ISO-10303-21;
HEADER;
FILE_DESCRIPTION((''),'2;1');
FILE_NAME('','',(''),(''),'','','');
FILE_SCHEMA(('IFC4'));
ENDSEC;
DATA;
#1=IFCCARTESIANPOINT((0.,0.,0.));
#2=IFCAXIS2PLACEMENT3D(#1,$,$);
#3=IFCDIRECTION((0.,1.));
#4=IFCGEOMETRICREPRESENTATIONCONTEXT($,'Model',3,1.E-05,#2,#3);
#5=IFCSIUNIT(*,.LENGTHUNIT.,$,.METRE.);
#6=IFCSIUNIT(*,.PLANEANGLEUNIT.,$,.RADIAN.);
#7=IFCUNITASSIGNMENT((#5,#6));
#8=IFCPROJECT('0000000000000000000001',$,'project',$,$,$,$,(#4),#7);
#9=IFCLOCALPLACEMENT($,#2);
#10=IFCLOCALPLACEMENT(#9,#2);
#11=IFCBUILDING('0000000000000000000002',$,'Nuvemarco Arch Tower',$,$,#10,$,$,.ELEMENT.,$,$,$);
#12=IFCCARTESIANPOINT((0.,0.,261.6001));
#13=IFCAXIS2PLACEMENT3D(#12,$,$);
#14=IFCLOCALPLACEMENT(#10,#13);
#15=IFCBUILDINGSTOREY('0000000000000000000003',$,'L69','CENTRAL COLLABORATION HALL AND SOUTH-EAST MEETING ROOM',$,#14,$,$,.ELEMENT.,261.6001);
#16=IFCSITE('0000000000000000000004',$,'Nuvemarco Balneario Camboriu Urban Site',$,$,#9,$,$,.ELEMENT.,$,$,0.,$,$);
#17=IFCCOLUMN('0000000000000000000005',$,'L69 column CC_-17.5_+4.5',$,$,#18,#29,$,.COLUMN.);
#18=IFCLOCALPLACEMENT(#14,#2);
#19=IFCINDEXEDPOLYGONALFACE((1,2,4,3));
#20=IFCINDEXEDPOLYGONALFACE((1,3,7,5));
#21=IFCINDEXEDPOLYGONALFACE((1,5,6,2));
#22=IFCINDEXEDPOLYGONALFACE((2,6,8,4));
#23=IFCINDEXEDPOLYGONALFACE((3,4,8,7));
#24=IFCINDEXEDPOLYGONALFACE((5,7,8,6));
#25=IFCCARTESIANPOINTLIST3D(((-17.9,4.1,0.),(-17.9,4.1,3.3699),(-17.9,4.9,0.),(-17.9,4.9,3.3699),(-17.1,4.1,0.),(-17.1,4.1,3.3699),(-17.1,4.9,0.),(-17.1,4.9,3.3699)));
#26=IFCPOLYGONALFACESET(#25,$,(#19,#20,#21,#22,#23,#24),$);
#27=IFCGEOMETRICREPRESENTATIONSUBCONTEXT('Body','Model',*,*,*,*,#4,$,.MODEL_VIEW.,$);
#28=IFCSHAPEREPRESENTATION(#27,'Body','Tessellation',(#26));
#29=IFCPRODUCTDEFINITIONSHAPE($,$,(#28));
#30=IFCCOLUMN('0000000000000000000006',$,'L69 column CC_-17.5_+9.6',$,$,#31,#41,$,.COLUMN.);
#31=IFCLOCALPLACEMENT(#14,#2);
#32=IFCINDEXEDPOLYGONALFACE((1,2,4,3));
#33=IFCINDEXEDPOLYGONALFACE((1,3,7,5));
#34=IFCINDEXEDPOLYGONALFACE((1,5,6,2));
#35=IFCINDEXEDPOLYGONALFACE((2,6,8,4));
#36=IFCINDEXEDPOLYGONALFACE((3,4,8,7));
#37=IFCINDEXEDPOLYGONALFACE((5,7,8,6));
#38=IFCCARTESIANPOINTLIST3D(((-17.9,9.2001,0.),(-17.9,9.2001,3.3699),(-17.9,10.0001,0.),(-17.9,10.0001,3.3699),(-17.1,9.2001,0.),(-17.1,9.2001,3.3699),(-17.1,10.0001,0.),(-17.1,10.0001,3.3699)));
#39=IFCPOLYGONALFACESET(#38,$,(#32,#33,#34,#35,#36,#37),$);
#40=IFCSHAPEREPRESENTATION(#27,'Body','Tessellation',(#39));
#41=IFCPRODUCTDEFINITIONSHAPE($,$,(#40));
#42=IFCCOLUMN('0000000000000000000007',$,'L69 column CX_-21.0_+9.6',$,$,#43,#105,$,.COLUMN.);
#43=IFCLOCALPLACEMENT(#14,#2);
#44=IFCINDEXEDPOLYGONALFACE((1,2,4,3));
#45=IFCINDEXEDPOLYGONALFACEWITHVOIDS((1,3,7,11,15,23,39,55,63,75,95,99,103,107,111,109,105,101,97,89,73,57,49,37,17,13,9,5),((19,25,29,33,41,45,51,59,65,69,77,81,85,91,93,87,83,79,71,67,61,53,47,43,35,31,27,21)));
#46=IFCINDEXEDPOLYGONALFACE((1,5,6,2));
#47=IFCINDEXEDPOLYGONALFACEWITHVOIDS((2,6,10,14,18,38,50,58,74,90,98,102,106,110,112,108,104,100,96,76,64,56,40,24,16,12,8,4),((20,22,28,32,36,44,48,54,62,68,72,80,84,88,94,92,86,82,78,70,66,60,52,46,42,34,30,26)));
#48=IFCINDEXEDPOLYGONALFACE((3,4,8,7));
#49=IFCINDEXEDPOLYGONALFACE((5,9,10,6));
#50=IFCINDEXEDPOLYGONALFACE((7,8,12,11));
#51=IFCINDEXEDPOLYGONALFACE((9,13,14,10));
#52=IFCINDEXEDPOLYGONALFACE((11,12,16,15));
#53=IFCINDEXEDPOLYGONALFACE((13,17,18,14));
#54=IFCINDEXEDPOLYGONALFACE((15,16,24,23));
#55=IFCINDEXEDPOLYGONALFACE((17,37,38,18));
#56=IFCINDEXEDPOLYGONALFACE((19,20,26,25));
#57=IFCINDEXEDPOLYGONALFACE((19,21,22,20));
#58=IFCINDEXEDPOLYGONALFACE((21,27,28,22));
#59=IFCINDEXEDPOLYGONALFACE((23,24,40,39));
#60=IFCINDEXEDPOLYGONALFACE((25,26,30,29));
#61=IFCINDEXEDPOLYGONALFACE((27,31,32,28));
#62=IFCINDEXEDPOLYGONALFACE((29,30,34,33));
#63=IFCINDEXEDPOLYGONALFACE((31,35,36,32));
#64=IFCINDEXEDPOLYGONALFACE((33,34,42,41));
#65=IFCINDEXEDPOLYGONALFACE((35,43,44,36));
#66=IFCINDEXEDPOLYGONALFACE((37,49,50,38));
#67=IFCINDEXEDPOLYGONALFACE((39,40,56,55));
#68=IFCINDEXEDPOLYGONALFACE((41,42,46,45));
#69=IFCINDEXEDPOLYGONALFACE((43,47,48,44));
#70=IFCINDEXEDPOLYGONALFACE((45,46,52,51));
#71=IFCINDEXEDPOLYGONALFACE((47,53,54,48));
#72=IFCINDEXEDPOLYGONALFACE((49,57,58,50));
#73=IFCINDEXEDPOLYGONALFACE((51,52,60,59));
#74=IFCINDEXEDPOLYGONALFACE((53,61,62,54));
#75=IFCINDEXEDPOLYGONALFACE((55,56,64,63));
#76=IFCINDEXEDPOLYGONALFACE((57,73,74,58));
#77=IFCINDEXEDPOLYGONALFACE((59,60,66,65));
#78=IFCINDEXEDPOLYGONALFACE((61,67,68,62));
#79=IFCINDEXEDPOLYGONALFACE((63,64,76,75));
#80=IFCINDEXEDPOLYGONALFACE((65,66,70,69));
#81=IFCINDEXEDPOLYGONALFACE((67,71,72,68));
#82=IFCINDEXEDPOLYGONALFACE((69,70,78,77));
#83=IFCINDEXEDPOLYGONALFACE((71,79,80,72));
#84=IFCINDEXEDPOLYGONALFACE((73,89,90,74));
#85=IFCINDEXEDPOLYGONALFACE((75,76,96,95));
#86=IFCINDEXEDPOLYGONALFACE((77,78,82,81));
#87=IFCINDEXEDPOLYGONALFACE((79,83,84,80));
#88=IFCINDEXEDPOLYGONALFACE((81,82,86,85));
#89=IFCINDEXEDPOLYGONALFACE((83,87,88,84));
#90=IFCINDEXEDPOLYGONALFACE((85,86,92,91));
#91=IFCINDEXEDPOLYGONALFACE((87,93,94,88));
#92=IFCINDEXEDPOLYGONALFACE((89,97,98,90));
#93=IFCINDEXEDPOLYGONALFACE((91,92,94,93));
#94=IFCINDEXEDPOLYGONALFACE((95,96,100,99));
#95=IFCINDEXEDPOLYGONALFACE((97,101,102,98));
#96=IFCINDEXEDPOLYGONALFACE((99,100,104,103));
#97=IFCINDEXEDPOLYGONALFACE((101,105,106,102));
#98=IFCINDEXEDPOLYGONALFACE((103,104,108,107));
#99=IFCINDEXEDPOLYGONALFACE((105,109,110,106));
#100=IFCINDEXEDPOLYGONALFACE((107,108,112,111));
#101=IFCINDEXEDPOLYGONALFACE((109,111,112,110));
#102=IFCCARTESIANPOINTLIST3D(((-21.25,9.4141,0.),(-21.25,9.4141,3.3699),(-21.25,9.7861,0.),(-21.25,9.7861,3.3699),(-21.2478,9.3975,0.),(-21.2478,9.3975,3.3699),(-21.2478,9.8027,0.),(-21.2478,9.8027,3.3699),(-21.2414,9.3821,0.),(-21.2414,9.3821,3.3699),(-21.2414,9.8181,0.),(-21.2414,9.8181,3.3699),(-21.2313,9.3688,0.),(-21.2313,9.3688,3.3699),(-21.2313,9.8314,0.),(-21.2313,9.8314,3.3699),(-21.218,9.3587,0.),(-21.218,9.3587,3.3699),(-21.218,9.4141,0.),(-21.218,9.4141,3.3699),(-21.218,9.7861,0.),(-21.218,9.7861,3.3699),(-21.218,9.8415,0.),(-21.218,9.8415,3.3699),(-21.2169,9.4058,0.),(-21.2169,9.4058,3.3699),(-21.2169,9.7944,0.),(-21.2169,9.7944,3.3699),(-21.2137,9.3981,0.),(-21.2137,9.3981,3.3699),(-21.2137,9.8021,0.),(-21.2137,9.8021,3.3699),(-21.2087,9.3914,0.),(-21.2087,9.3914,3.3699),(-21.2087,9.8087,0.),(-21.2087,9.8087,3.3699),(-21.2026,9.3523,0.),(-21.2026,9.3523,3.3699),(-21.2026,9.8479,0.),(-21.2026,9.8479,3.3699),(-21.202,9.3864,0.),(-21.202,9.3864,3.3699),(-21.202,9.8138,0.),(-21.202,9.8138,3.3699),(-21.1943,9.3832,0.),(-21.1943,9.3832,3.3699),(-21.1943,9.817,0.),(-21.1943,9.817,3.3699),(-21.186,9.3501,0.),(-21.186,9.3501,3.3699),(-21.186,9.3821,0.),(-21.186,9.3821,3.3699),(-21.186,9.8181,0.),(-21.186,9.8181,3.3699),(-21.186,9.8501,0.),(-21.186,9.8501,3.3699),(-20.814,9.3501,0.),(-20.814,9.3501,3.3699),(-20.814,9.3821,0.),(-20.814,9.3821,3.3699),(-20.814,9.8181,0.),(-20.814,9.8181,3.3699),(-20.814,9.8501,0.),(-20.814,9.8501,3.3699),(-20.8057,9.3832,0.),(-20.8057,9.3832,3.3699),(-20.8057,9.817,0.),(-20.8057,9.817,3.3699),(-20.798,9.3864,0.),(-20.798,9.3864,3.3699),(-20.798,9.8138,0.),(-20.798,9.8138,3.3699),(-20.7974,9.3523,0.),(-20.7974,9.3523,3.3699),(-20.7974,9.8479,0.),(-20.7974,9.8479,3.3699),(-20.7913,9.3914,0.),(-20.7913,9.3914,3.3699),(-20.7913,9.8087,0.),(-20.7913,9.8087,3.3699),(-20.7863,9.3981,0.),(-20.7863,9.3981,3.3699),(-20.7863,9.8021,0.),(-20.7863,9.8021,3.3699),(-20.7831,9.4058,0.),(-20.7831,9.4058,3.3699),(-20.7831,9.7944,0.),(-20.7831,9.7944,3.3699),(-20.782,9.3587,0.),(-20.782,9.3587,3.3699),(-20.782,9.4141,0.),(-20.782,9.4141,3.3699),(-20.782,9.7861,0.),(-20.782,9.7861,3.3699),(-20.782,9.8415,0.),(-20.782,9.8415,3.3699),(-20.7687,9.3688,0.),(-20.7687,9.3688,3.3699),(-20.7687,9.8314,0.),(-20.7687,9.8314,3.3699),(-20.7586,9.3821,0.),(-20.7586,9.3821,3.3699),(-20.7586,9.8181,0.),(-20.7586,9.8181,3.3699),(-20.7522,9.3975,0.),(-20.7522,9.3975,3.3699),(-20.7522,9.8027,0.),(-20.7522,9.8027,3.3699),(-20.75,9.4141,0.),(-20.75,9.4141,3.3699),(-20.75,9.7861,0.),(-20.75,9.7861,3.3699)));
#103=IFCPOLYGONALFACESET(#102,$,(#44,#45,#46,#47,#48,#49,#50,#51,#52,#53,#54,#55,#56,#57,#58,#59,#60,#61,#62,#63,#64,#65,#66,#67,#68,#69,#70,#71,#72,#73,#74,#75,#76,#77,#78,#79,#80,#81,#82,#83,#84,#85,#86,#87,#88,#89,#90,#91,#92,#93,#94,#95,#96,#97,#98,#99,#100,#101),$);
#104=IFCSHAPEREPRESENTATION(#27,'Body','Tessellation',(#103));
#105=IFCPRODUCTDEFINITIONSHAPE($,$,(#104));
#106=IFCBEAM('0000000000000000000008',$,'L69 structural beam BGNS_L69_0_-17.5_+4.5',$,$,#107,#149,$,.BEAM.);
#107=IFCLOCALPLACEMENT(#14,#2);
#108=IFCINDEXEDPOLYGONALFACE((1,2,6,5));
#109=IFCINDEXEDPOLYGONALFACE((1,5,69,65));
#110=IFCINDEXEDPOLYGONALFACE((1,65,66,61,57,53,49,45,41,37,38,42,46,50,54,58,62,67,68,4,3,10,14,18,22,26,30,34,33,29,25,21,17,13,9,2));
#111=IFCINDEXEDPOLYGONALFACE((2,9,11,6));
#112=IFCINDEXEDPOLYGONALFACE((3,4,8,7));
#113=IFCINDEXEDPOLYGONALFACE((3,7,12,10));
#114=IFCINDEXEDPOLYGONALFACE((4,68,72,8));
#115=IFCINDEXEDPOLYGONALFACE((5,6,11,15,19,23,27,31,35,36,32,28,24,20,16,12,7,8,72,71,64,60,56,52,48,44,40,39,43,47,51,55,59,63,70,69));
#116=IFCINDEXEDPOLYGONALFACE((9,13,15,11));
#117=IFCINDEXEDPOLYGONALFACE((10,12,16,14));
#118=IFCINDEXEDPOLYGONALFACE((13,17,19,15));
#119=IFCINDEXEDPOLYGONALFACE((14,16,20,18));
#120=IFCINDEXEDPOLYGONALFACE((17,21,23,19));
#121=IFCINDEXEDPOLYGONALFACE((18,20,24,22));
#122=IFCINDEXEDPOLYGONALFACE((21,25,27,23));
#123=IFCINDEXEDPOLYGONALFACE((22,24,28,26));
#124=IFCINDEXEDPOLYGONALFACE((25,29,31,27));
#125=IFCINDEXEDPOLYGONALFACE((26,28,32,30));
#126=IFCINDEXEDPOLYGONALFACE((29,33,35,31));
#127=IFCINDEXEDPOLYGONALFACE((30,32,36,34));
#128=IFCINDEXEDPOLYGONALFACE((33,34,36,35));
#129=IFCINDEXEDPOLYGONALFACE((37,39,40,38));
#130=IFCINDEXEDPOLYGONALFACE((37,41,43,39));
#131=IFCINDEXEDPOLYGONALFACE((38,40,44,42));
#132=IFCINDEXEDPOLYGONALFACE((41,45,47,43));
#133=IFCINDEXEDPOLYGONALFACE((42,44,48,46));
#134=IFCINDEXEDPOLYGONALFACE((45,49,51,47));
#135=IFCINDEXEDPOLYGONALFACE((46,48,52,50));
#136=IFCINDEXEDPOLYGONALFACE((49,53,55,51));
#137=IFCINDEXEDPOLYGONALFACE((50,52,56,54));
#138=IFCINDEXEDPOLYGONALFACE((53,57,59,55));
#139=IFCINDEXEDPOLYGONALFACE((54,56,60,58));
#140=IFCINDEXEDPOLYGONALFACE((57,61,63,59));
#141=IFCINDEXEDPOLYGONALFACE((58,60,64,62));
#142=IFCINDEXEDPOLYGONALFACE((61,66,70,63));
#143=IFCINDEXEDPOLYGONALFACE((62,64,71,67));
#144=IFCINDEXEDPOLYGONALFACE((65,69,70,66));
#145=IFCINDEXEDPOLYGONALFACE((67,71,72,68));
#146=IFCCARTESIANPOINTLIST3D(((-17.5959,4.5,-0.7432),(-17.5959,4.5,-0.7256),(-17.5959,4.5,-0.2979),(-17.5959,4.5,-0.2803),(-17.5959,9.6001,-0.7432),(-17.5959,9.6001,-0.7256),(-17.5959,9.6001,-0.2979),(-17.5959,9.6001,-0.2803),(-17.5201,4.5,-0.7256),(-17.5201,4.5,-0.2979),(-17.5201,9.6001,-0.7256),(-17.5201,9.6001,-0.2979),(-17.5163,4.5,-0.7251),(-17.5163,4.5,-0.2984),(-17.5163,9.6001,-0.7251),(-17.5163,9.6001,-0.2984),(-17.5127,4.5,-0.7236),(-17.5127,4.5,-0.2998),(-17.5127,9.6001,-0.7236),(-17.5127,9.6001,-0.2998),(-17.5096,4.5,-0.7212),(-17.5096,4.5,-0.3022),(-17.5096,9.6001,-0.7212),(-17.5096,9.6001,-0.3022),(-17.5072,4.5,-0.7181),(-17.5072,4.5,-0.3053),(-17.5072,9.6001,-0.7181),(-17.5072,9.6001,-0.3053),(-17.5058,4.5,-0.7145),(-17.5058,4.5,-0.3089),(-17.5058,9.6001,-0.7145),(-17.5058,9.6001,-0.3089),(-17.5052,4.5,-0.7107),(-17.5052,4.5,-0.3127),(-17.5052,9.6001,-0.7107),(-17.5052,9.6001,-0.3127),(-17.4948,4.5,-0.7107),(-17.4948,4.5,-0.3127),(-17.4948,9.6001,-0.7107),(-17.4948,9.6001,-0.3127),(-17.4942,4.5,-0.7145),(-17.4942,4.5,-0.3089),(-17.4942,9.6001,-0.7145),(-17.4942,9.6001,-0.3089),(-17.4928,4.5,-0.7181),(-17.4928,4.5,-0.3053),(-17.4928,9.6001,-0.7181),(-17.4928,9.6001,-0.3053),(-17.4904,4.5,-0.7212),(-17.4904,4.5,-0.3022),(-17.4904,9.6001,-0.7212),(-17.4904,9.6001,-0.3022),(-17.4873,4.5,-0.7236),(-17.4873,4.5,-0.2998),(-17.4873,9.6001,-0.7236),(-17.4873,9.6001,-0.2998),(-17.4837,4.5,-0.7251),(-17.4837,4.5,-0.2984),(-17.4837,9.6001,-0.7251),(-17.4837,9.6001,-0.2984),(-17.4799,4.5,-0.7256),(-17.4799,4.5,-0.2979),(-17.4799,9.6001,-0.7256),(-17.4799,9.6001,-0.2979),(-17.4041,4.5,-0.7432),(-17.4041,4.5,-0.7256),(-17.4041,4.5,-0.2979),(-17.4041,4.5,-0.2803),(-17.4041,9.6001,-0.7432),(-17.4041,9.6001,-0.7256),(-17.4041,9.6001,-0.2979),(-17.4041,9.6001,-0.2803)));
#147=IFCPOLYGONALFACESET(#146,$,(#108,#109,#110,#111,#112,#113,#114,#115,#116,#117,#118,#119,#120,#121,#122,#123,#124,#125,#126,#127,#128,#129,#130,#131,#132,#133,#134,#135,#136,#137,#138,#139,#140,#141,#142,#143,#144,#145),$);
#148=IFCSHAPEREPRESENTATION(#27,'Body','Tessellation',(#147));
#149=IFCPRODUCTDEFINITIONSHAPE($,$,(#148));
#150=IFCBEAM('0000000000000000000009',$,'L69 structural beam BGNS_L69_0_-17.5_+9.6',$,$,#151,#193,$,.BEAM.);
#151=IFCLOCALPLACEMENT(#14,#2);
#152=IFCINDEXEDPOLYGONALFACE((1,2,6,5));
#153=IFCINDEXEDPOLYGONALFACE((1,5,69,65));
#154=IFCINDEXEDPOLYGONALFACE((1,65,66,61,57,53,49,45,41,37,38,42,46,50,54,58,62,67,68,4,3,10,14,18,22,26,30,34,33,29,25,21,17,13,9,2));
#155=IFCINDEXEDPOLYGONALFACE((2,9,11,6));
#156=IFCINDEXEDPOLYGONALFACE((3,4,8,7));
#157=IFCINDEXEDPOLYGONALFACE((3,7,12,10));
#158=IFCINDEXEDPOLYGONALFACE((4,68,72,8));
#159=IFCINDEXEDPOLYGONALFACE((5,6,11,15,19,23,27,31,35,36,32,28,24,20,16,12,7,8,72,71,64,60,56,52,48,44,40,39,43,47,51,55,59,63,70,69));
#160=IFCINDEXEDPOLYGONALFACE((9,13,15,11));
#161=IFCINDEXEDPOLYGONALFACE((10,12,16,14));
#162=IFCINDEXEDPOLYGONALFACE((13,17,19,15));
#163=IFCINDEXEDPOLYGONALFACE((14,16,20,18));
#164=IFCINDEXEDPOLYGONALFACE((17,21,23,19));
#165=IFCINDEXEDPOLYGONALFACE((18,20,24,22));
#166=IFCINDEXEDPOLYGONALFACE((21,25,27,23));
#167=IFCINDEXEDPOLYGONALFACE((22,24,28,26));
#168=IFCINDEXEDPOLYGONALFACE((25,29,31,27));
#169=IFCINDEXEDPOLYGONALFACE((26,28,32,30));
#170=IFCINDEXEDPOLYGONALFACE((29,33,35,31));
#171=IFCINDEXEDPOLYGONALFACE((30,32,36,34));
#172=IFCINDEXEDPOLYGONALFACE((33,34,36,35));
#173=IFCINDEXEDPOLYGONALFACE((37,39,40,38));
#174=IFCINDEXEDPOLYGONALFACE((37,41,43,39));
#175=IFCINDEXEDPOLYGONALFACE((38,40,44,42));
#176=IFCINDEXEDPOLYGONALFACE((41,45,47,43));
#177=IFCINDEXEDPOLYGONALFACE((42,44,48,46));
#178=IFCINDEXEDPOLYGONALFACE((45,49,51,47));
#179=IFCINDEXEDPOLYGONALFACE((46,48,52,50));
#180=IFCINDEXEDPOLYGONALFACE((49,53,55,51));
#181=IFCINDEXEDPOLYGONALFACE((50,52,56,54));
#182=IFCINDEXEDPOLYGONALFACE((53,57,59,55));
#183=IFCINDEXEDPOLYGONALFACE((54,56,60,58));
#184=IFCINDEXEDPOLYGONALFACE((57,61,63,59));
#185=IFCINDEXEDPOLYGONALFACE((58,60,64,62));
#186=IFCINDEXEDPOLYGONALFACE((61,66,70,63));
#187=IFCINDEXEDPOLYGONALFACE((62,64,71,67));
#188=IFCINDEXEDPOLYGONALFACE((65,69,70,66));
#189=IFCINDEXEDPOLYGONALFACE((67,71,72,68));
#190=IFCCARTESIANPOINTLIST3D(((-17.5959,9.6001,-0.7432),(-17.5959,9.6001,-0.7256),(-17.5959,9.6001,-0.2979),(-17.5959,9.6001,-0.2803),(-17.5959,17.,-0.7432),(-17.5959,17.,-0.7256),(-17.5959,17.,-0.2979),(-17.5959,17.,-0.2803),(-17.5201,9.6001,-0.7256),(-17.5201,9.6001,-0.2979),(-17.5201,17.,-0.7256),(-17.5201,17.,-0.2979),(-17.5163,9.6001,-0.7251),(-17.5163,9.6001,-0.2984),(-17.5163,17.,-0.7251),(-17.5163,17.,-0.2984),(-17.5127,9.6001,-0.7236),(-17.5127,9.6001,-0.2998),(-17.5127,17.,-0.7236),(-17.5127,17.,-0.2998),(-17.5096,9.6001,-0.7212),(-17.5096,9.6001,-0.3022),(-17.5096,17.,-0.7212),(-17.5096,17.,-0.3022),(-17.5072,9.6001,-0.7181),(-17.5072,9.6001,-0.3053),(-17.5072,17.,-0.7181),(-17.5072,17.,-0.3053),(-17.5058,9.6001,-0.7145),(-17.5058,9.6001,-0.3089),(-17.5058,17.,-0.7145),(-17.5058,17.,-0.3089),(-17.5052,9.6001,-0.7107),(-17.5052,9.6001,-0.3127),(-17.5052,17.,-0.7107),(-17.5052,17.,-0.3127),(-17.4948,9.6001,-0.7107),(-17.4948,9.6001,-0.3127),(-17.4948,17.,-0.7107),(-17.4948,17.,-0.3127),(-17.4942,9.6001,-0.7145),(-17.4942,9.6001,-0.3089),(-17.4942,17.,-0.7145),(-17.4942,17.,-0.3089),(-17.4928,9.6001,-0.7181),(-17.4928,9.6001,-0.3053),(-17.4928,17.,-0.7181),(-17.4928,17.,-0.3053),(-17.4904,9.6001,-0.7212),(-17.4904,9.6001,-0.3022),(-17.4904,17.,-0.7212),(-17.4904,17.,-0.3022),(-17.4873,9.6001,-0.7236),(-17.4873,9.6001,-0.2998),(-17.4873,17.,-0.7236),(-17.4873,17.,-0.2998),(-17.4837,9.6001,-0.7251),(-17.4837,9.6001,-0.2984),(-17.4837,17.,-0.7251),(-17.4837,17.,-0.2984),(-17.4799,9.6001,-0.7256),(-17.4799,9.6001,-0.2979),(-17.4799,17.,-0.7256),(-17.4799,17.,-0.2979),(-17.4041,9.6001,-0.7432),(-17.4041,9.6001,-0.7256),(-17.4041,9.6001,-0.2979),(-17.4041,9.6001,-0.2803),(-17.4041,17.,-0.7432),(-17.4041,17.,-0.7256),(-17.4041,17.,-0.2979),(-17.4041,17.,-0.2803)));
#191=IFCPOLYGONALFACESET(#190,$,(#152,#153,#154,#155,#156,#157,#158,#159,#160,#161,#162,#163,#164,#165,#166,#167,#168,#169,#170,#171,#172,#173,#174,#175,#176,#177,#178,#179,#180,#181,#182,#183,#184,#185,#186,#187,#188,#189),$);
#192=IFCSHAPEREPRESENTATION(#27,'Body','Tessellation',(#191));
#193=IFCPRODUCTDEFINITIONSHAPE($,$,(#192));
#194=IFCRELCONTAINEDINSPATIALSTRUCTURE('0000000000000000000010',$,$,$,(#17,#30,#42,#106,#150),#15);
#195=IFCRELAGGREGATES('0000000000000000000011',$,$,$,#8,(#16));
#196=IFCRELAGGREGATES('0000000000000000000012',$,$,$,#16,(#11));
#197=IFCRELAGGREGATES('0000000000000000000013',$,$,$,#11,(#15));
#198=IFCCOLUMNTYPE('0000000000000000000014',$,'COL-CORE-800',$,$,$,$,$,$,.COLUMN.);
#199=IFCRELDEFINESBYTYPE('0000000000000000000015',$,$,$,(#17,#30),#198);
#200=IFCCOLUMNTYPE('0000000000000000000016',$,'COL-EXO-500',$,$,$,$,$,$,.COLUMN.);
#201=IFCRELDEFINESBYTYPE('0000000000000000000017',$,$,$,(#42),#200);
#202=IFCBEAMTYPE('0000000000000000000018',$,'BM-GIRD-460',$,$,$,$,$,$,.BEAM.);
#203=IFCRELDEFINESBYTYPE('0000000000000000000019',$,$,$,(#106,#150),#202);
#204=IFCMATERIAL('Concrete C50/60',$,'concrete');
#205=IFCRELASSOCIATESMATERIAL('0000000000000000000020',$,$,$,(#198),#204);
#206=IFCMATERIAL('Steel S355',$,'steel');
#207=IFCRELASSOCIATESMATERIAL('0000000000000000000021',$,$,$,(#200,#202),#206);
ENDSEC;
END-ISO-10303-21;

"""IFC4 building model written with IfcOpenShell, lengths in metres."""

from ifc_helpers import new_model, si_unit, direction, frame, origin, origin_2d, place, context, subcontext, project, spatial, rectangle, hollow_rectangle, i_section, extrude, material, material_profile, profile_set, type_object, element, save


model = new_model("IFC4")

# Units and contexts
model_context = context("Model", 3, precision=1e-05, world=origin(), true_north=direction((0.0, 1.0)))
body_context = subcontext(model_context, "Body", "Model", "MODEL_VIEW")
ifc_project = project(units=[si_unit("LENGTHUNIT", "METRE"), si_unit("PLANEANGLEUNIT", "RADIAN")], contexts=[model_context])

# Site, building, storey
site_placement = place(None, origin())
site = spatial("IfcSite", under=ifc_project, at=site_placement, Name="Nuvemarco Balneario Camboriu Urban Site", CompositionType="ELEMENT", RefElevation=0.0)
building_placement = place(site_placement, origin())
building = spatial("IfcBuilding", under=site, at=building_placement, Name="Nuvemarco Arch Tower", CompositionType="ELEMENT")
storey_placement = place(building_placement, frame((0.0, 0.0, 261.6001)))
storey = spatial("IfcBuildingStorey", under=building, at=storey_placement, Name="L69", Description="CENTRAL COLLABORATION HALL AND SOUTH-EAST MEETING ROOM", CompositionType="ELEMENT", Elevation=261.6001)

# Columns
ifc_material_1 = material(Name="Concrete C50/60", Category="concrete")
ifc_material_profile_1 = material_profile(ifc_material_1, rectangle(XDim=0.8, YDim=0.8, at=origin_2d()), Name="RC-COL-800x800")
ifc_profile_set_1 = profile_set([ifc_material_profile_1], Name="Concrete C50/60")
column_type_1 = type_object("IfcColumnType", Name="COL-CORE-800", PredefinedType="COLUMN", material=ifc_profile_set_1)
for number, where, z_axis, x_axis, name in (
    (1, (-17.5, 4.5, 0.0), (0.0, 0.0, 1.0), (1.0, 0.0, 0.0), "L69 column CC_-17.5_+4.5"),
    (2, (-17.5, 9.6001, 0.0), (0.0, 0.0, 1.0), (1.0, 0.0, 0.0), "L69 column CC_-17.5_+9.6"),
):
    element("IfcColumn", number, at=place(storey_placement, frame(where, z_axis=z_axis, x_axis=x_axis)), inside=storey, type_object=column_type_1, Name=name, PredefinedType="COLUMN", context=body_context, shape_type="SweptSolid", body=[
        extrude(rectangle(XDim=0.8, YDim=0.8, at=origin_2d()), origin(), (0.0, 0.0, 1.0), 3.3699),
    ])
ifc_material_2 = material(Name="Steel S355", Category="steel")
ifc_material_profile_2 = material_profile(ifc_material_2, hollow_rectangle(XDim=0.5, YDim=0.5, WallThickness=0.032, InnerFilletRadius=0.032, OuterFilletRadius=0.064, at=origin_2d()), Name="SHS500x500x32")
ifc_profile_set_2 = profile_set([ifc_material_profile_2], Name="Steel S355")
column_type_2 = type_object("IfcColumnType", Name="COL-EXO-500", PredefinedType="COLUMN", material=ifc_profile_set_2)
column_placement = place(storey_placement, frame((-21.0, 9.6001, 0.0), z_axis=(0.0, 0.0, 1.0), x_axis=(1.0, 0.0, 0.0)))
element("IfcColumn", 3, at=column_placement, inside=storey, type_object=column_type_2, Name="L69 column CX_-21.0_+9.6", PredefinedType="COLUMN", context=body_context, shape_type="SweptSolid", body=[
    extrude(hollow_rectangle(XDim=0.5, YDim=0.5, WallThickness=0.032, InnerFilletRadius=0.032, OuterFilletRadius=0.064, at=origin_2d()), origin(), (0.0, 0.0, 1.0), 3.3699),
])

# Beams
ifc_material_profile_3 = material_profile(ifc_material_2, i_section(OverallWidth=0.1919, OverallDepth=0.4629, WebThickness=0.0105, FlangeThickness=0.0176, FilletRadius=0.0149, at=origin_2d()), Name="W460x89")
ifc_profile_set_3 = profile_set([ifc_material_profile_3], Name="Steel S355")
beam_type_1 = type_object("IfcBeamType", Name="BM-GIRD-460", PredefinedType="BEAM", material=ifc_profile_set_3)
beam_1_placement = place(storey_placement, frame((-17.5, 4.5, -0.5117), z_axis=(0.0, 1.0, 0.0), x_axis=(-1.0, 0.0, 0.0)))
element("IfcBeam", 4, at=beam_1_placement, inside=storey, type_object=beam_type_1, Name="L69 structural beam BGNS_L69_0_-17.5_+4.5", PredefinedType="BEAM", context=body_context, shape_type="SweptSolid", body=[
    extrude(i_section(OverallWidth=0.1919, OverallDepth=0.4629, WebThickness=0.0105, FlangeThickness=0.0176, FilletRadius=0.0149, at=origin_2d()), origin(), (0.0, 0.0, 1.0), 5.1001),
])
beam_2_placement = place(storey_placement, frame((-17.5, 9.6001, -0.5117), z_axis=(0.0, 1.0, 0.0), x_axis=(-1.0, 0.0, 0.0)))
element("IfcBeam", 5, at=beam_2_placement, inside=storey, type_object=beam_type_1, Name="L69 structural beam BGNS_L69_0_-17.5_+9.6", PredefinedType="BEAM", context=body_context, shape_type="SweptSolid", body=[
    extrude(i_section(OverallWidth=0.1919, OverallDepth=0.4629, WebThickness=0.0105, FlangeThickness=0.0176, FilletRadius=0.0149, at=origin_2d()), origin(), (0.0, 0.0, 1.0), 7.3999),
])

save(model, "model.ifc")
